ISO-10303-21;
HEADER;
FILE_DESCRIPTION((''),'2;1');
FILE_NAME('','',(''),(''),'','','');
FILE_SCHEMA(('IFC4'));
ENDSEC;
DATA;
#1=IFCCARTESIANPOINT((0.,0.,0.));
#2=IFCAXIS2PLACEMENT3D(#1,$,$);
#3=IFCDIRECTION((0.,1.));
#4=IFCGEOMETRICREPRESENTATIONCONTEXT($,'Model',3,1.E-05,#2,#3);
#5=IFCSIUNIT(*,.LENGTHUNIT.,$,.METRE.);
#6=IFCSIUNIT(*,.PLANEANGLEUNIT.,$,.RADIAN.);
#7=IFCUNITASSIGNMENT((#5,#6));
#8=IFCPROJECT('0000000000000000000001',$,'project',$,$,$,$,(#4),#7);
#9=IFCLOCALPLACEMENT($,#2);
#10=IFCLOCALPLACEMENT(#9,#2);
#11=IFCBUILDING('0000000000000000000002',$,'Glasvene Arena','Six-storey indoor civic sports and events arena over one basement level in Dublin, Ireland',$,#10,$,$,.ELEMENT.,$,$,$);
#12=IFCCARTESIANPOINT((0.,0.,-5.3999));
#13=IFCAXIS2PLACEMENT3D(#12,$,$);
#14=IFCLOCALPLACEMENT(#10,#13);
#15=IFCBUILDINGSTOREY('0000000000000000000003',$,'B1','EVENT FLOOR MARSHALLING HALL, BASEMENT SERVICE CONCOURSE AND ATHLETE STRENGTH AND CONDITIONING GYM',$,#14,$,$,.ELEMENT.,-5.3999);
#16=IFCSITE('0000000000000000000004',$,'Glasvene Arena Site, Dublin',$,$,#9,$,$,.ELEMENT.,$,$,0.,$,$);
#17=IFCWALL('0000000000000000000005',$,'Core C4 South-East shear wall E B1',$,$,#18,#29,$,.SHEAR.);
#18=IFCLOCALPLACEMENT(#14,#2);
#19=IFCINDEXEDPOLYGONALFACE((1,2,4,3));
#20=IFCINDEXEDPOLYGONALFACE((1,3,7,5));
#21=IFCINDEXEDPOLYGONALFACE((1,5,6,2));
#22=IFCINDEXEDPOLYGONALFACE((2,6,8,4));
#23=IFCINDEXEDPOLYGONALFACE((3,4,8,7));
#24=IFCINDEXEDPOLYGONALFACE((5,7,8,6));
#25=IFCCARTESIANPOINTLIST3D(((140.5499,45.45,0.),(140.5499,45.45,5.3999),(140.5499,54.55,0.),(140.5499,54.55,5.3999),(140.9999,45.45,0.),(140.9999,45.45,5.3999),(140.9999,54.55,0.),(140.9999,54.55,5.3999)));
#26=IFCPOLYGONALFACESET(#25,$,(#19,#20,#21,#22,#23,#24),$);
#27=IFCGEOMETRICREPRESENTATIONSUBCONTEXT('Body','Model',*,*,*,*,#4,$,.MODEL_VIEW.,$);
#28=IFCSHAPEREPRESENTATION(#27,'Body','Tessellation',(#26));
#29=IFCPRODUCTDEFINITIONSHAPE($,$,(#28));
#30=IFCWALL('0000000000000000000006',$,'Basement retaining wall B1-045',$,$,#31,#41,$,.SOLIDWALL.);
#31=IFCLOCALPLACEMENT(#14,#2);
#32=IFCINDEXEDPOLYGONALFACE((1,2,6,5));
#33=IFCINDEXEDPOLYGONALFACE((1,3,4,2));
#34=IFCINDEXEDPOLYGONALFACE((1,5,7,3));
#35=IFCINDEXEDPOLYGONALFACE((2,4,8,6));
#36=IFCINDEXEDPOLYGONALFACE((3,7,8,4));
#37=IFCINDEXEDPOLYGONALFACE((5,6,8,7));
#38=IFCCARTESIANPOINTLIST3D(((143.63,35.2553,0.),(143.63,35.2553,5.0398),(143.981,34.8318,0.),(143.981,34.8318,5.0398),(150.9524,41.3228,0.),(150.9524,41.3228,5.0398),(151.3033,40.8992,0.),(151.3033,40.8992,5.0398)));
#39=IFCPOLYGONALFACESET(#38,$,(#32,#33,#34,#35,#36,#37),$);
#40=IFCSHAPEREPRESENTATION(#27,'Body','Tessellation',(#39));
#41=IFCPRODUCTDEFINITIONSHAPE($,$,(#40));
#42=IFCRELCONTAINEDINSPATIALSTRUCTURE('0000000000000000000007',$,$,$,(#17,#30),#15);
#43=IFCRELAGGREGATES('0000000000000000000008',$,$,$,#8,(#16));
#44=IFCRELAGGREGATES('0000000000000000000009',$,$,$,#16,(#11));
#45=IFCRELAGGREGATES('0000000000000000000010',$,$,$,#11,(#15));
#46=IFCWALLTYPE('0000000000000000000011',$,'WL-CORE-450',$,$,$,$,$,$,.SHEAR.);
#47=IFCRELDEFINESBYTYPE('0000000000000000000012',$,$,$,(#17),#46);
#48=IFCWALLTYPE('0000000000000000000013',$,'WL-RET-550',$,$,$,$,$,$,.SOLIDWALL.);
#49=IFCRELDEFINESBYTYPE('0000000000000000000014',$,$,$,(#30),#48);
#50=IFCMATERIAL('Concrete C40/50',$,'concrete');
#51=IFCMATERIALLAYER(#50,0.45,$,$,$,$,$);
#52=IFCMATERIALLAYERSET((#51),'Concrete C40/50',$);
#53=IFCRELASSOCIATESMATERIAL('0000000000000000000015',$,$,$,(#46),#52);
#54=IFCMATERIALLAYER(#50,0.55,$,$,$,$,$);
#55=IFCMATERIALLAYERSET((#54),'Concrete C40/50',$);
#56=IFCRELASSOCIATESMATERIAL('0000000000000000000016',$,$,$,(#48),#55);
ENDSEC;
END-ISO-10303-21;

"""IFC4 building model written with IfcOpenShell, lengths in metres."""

from ifc_helpers import new_model, si_unit, direction, frame, frame_2d, origin, place, context, subcontext, project, spatial, rectangle, extrude, material, layer, layer_set, type_object, element, save


model = new_model("IFC4")

# Units and contexts
model_context = context("Model", 3, precision=1e-05, world=origin(), true_north=direction((0.0, 1.0)))
body_context = subcontext(model_context, "Body", "Model", "MODEL_VIEW")
ifc_project = project(units=[si_unit("LENGTHUNIT", "METRE"), si_unit("PLANEANGLEUNIT", "RADIAN")], contexts=[model_context])

# Site, building, storey
site_placement = place(None, origin())
site = spatial("IfcSite", under=ifc_project, at=site_placement, Name="Glasvene Arena Site, Dublin", CompositionType="ELEMENT", RefElevation=0.0)
building_placement = place(site_placement, origin())
building = spatial("IfcBuilding", under=site, at=building_placement, Name="Glasvene Arena", Description="Six-storey indoor civic sports and events arena over one basement level in Dublin, Ireland", CompositionType="ELEMENT")
storey_placement = place(building_placement, frame((0.0, 0.0, -5.3999)))
storey = spatial("IfcBuildingStorey", under=building, at=storey_placement, Name="B1", Description="EVENT FLOOR MARSHALLING HALL, BASEMENT SERVICE CONCOURSE AND ATHLETE STRENGTH AND CONDITIONING GYM", CompositionType="ELEMENT", Elevation=-5.3999)

# Shared definitions
ifc_material_1 = material(Name="Concrete C40/50", Category="concrete")

# Walls
ifc_layer_1 = layer(ifc_material_1, 0.45)
ifc_layer_set_1 = layer_set([ifc_layer_1], Name="Concrete C40/50")
wall_type_1 = type_object("IfcWallType", Name="WL-CORE-450", PredefinedType="SHEAR", material=ifc_layer_set_1)
wall_1_placement = place(storey_placement, frame((140.7749, 45.45, 0.0), z_axis=(0.0, 0.0, 1.0), x_axis=(0.0, 1.0, 0.0)))
element("IfcWall", 1, at=wall_1_placement, inside=storey, type_object=wall_type_1, Name="Core C4 South-East shear wall E B1", PredefinedType="SHEAR", context=body_context, shape_type="SweptSolid", body=[
    extrude(rectangle(XDim=9.1001, YDim=0.45, at=frame_2d((4.55, 0.0))), origin(), (0.0, 0.0, 1.0), 5.3999),
])
ifc_layer_2 = layer(ifc_material_1, 0.55)
ifc_layer_set_2 = layer_set([ifc_layer_2], Name="Concrete C40/50")
wall_type_2 = type_object("IfcWallType", Name="WL-RET-550", PredefinedType="SOLIDWALL", material=ifc_layer_set_2)
wall_2_placement = place(storey_placement, frame((151.1279, 41.1111, 0.0), z_axis=(0.0, 0.0, 1.0), x_axis=(-0.770003, -0.63804, 0.0)))
element("IfcWall", 2, at=wall_2_placement, inside=storey, type_object=wall_type_2, Name="Basement retaining wall B1-045", PredefinedType="SOLIDWALL", context=body_context, shape_type="SweptSolid", body=[
    extrude(rectangle(XDim=9.5095, YDim=0.55, at=frame_2d((4.7549, 0.0))), origin(), (0.0, 0.0, 1.0), 5.0398),
])

save(model, "model.ifc")
